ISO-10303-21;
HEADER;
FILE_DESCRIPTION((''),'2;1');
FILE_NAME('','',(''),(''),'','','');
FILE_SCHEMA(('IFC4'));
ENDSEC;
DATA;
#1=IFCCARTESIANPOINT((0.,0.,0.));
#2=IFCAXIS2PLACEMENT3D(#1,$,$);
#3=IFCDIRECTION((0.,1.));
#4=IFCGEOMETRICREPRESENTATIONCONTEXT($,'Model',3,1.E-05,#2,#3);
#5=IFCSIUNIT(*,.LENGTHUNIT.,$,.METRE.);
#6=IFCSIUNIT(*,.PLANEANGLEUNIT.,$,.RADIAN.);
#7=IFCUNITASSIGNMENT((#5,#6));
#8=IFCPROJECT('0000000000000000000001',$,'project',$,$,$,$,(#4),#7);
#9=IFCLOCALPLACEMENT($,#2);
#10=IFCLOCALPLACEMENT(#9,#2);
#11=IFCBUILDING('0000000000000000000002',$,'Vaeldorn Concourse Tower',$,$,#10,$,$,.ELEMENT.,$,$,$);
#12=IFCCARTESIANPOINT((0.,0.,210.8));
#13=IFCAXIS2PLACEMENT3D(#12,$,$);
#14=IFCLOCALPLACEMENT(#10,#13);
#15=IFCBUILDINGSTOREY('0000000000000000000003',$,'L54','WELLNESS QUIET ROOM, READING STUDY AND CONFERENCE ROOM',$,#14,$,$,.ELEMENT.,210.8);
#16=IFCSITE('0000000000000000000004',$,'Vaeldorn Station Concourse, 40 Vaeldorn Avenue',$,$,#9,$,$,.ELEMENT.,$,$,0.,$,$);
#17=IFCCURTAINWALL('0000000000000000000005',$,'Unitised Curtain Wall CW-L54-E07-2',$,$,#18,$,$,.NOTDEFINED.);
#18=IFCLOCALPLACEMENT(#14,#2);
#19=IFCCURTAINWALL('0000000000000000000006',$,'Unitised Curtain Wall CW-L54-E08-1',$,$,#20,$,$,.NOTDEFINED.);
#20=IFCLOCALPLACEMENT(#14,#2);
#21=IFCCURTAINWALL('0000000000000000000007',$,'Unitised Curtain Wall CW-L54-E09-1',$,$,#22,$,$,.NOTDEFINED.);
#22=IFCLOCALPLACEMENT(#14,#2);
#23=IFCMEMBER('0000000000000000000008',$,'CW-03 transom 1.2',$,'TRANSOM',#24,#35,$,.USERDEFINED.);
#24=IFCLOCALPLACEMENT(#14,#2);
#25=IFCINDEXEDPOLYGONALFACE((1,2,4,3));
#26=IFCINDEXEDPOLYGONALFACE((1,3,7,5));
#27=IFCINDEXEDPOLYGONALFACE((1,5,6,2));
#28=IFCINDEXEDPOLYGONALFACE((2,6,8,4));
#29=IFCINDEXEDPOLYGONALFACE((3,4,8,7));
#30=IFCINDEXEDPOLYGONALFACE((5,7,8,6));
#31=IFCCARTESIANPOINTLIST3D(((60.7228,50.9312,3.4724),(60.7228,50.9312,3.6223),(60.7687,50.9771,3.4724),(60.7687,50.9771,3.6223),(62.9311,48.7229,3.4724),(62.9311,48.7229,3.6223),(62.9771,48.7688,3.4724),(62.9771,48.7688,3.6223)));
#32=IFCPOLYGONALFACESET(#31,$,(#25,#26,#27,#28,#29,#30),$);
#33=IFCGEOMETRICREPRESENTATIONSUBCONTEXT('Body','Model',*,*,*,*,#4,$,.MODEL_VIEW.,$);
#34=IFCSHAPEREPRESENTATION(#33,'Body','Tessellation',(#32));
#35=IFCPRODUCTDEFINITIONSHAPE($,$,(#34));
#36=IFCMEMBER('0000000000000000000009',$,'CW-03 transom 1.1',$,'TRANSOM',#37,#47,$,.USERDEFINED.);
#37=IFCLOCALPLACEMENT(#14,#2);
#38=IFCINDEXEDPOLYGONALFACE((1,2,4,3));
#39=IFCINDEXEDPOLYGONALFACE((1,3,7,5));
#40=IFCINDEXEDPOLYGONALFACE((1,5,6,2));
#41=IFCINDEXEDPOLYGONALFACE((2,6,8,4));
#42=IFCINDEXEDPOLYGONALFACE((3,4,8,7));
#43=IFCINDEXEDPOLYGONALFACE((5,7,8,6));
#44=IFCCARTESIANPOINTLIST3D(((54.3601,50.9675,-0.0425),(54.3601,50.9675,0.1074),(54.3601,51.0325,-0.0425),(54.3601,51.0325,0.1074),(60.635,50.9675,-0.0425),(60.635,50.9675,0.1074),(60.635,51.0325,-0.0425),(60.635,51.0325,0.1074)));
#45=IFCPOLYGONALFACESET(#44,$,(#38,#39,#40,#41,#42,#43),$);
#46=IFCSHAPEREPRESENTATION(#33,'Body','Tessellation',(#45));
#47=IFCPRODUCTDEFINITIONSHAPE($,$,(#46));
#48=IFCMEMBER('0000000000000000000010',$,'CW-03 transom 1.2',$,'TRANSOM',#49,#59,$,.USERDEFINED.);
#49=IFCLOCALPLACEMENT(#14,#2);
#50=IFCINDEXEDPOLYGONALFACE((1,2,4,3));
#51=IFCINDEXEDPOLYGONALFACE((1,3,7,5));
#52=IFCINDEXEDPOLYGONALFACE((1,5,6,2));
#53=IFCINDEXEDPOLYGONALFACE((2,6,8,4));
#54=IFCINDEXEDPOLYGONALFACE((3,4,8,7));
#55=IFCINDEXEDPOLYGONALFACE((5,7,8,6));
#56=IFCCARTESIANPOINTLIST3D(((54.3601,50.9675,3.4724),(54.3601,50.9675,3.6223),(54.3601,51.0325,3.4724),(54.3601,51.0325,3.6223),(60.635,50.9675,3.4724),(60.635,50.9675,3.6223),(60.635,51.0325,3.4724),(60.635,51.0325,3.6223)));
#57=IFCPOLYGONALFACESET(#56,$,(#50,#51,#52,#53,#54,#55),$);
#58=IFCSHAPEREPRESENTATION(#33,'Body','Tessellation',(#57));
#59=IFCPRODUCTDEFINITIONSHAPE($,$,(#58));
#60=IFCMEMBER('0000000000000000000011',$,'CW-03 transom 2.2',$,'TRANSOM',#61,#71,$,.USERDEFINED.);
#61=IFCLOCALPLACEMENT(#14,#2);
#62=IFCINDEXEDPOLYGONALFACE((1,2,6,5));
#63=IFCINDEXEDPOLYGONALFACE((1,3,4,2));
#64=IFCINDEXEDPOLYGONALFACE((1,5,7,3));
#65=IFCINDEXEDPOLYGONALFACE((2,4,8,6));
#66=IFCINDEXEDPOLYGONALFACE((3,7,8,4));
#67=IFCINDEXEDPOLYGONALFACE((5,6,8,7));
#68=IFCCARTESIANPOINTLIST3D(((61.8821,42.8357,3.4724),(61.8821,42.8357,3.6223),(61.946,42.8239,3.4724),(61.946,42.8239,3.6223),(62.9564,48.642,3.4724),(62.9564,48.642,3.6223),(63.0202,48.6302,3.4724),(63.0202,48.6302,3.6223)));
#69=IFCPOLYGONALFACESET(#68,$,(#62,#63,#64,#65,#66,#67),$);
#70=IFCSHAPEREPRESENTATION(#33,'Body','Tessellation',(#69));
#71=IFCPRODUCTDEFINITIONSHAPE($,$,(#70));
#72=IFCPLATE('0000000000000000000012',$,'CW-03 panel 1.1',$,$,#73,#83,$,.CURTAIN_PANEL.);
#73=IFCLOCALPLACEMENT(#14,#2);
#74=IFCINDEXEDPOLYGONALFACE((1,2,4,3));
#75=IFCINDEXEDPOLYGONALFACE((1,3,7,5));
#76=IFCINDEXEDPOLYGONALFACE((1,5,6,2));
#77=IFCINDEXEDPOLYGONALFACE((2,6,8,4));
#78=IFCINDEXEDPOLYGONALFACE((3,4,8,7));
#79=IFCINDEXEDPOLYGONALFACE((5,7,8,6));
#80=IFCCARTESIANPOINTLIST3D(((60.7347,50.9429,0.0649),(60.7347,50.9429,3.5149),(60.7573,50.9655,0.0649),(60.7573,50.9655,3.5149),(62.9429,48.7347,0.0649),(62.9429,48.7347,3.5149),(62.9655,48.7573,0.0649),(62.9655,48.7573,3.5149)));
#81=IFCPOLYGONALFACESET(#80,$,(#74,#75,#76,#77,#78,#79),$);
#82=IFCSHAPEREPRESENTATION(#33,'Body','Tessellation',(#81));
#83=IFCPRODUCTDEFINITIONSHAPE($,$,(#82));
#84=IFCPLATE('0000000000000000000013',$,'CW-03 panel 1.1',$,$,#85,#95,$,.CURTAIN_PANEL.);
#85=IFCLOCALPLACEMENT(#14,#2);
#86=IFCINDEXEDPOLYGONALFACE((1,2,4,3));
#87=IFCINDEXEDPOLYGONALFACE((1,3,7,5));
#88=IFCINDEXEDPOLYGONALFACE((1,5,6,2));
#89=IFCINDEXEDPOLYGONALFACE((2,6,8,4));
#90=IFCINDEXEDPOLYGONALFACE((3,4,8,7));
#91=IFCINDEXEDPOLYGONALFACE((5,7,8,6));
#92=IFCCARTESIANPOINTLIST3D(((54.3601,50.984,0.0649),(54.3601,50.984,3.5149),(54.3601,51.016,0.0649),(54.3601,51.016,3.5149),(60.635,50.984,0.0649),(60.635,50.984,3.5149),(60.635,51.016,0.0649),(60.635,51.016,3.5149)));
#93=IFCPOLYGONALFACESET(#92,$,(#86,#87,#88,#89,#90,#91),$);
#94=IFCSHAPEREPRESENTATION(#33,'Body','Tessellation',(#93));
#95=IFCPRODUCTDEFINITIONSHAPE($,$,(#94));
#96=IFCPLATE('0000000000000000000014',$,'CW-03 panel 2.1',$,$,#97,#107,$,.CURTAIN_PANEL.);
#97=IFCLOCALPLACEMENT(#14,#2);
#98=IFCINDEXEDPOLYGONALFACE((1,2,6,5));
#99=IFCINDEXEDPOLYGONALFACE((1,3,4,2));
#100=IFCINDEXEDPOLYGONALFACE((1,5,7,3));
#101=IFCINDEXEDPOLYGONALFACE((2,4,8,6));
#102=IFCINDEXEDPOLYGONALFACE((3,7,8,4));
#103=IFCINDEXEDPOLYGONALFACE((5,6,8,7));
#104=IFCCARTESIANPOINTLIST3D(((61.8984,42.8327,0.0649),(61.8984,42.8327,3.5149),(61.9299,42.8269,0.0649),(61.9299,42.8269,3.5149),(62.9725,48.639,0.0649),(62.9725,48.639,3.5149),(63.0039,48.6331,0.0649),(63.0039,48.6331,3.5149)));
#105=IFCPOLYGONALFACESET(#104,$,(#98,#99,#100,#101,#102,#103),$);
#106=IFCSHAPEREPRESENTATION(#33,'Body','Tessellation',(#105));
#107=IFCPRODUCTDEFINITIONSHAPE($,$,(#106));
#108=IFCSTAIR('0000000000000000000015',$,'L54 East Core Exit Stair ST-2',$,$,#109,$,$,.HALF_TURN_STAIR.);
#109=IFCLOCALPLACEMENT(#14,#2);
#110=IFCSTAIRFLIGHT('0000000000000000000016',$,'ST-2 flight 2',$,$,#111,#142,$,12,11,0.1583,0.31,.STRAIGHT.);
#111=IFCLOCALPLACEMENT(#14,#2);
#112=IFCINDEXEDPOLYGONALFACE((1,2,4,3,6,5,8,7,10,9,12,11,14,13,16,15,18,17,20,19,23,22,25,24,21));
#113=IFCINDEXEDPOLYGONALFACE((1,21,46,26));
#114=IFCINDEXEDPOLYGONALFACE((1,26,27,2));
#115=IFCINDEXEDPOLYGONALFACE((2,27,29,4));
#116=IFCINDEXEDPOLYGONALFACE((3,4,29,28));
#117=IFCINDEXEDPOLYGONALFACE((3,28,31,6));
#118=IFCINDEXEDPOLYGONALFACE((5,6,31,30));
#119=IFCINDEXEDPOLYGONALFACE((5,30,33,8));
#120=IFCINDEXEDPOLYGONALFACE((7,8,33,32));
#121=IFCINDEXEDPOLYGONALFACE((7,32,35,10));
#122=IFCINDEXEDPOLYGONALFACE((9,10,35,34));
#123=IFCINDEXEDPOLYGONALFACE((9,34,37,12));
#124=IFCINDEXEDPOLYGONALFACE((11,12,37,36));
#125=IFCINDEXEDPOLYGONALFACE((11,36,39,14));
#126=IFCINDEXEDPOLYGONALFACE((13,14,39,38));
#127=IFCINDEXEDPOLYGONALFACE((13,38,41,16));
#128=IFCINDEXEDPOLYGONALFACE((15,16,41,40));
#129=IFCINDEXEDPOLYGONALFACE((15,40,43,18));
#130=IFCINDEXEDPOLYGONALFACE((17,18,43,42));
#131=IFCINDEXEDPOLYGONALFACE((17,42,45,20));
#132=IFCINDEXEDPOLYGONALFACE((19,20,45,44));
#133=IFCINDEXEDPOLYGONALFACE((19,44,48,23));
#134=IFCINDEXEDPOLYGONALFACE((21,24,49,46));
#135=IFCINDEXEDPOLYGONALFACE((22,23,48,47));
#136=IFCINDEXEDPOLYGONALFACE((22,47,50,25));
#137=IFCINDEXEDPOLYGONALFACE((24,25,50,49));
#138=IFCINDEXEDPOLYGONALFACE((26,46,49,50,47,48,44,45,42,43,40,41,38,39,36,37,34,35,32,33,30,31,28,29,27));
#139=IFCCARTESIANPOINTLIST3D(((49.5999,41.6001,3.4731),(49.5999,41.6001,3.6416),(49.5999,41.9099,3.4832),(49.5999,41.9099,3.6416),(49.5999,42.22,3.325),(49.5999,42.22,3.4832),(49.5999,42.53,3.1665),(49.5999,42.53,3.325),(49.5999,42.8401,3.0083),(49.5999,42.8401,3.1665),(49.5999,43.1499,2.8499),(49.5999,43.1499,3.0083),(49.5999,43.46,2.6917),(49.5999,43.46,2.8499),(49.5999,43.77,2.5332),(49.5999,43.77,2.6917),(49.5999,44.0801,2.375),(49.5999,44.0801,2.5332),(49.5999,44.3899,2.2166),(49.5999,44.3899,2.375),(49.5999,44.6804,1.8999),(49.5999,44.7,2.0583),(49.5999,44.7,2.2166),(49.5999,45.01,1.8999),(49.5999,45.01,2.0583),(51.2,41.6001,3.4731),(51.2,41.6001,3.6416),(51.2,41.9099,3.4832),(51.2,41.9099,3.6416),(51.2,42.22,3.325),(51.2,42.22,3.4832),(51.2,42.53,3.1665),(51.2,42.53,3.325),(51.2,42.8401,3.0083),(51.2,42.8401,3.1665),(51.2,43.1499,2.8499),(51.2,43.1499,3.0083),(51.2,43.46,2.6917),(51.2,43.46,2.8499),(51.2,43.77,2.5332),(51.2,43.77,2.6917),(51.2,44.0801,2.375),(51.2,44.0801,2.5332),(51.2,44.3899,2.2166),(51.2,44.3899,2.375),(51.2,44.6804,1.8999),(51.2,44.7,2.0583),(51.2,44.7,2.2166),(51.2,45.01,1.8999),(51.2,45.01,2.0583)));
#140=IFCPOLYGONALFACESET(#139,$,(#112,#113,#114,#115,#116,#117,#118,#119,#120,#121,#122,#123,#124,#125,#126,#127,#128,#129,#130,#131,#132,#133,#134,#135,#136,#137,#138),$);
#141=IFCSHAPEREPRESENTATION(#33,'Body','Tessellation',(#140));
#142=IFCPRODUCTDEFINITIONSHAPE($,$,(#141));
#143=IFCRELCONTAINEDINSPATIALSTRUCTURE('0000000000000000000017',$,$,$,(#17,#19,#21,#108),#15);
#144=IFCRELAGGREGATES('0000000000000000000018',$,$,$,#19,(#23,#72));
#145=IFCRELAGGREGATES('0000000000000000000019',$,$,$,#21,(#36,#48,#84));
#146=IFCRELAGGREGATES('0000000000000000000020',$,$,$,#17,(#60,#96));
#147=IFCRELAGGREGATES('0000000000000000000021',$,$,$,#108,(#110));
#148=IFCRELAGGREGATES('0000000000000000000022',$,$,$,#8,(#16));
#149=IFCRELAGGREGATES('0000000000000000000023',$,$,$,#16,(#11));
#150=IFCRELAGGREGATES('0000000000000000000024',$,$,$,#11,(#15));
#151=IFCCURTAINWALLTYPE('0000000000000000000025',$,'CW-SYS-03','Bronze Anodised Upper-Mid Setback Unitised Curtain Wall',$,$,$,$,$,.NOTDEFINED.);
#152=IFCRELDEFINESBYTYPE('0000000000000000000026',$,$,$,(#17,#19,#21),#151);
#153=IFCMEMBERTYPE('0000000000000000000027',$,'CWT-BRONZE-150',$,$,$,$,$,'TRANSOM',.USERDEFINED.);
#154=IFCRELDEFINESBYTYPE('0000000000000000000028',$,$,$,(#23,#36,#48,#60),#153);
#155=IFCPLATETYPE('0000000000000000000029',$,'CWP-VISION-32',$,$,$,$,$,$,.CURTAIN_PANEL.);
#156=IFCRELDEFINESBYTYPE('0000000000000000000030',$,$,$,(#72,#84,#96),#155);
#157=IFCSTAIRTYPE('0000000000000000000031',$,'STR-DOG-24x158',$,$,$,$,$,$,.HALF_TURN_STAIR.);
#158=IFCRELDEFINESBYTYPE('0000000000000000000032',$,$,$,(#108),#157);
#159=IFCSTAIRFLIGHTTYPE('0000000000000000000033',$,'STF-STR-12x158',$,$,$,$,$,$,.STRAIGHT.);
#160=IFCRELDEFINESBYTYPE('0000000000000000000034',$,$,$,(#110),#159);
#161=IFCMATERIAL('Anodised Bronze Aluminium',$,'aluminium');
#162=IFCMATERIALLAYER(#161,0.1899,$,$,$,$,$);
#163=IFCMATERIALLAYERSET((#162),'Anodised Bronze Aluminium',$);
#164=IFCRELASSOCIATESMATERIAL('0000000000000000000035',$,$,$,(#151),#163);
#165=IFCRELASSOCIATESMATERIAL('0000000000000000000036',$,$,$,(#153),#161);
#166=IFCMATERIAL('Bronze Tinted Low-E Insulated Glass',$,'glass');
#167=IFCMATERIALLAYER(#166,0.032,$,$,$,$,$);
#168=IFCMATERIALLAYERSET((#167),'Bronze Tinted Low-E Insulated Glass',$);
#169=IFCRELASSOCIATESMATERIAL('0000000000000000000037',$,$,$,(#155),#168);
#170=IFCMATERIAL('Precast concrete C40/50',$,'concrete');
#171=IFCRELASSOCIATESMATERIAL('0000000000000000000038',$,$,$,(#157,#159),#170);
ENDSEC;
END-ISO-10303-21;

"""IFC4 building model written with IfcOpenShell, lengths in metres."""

from ifc_helpers import new_model, si_unit, direction, frame, origin, origin_2d, place, context, subcontext, project, spatial, polyline, rectangle, outline, extrude, source, transform, mapped, material, layer, layer_set, material_profile, profile_set, type_object, element, aggregate, save


model = new_model("IFC4")

# Units and contexts
model_context = context("Model", 3, precision=1e-05, world=origin(), true_north=direction((0.0, 1.0)))
body_context = subcontext(model_context, "Body", "Model", "MODEL_VIEW")
ifc_project = project(units=[si_unit("LENGTHUNIT", "METRE"), si_unit("PLANEANGLEUNIT", "RADIAN")], contexts=[model_context])

# Site, building, storey
site_placement = place(None, origin())
site = spatial("IfcSite", under=ifc_project, at=site_placement, Name="Vaeldorn Station Concourse, 40 Vaeldorn Avenue", CompositionType="ELEMENT", RefElevation=0.0)
building_placement = place(site_placement, origin())
building = spatial("IfcBuilding", under=site, at=building_placement, Name="Vaeldorn Concourse Tower", CompositionType="ELEMENT")
storey_placement = place(building_placement, frame((0.0, 0.0, 210.8)))
storey = spatial("IfcBuildingStorey", under=building, at=storey_placement, Name="L54", Description="WELLNESS QUIET ROOM, READING STUDY AND CONFERENCE ROOM", CompositionType="ELEMENT", Elevation=210.8)

# Curtain wall
ifc_material_1 = material(Name="Anodised Bronze Aluminium", Category="aluminium")
ifc_layer_1 = layer(ifc_material_1, 0.1899)
ifc_layer_set_1 = layer_set([ifc_layer_1], Name="Anodised Bronze Aluminium")
curtain_wall_type = type_object("IfcCurtainWallType", Name="CW-SYS-03", Description="Bronze Anodised Upper-Mid Setback Unitised Curtain Wall", PredefinedType="NOTDEFINED", material=ifc_layer_set_1)
curtain_wall_1_placement = place(storey_placement, origin())
curtain_wall_1 = element("IfcCurtainWall", 1, at=curtain_wall_1_placement, inside=storey, type_object=curtain_wall_type, Name="Unitised Curtain Wall CW-L54-E07-2", PredefinedType="NOTDEFINED")

# Curtain walls
curtain_wall_2_placement = place(storey_placement, origin())
curtain_wall_2 = element("IfcCurtainWall", 2, at=curtain_wall_2_placement, inside=storey, type_object=curtain_wall_type, Name="Unitised Curtain Wall CW-L54-E08-1", PredefinedType="NOTDEFINED")
curtain_wall_3_placement = place(storey_placement, origin())
curtain_wall_3 = element("IfcCurtainWall", 3, at=curtain_wall_3_placement, inside=storey, type_object=curtain_wall_type, Name="Unitised Curtain Wall CW-L54-E09-1", PredefinedType="NOTDEFINED")

# Members
ifc_material_profile_1 = material_profile(ifc_material_1, rectangle(XDim=0.0649, YDim=0.1499, at=origin_2d()), Name="CWT 65x150")
ifc_profile_set_1 = profile_set([ifc_material_profile_1], Name="Anodised Bronze Aluminium")
member_type_1 = type_object("IfcMemberType", Name="CWT-BRONZE-150", ElementType="TRANSOM", PredefinedType="USERDEFINED", material=ifc_profile_set_1)
shared_shape_1 = source(origin(), body_context, "Body", "SweptSolid", [
    extrude(rectangle(XDim=0.0649, YDim=0.1499, at=origin_2d()), origin(), (0.0, 0.0, 1.0), 3.123),
])
member_1_placement = place(storey_placement, frame((62.9541, 48.7458, 3.5474), z_axis=(-0.707107, 0.707107, 0.0), x_axis=(-0.707107, -0.707107, 0.0)))
member_1 = element("IfcMember", 4, at=member_1_placement, type_object=member_type_1, Name="CW-03 transom 1.2", ObjectType="TRANSOM", PredefinedType="USERDEFINED", context=body_context, shape_type="MappedRepresentation", body=[
    mapped(shared_shape_1, transform((0.0, 0.0, 0.0), scale=1.0)),
])
shared_shape_2 = source(origin(), body_context, "Body", "SweptSolid", [
    extrude(rectangle(XDim=0.0649, YDim=0.1499, at=origin_2d()), origin(), (0.0, 0.0, 1.0), 6.2749),
])
member_2_placement = place(storey_placement, frame((60.635, 51.0, 0.0325), z_axis=(-1.0, 0.0, 0.0), x_axis=(0.0, -1.0, 0.0)))
member_2 = element("IfcMember", 5, at=member_2_placement, type_object=member_type_1, Name="CW-03 transom 1.1", ObjectType="TRANSOM", PredefinedType="USERDEFINED", context=body_context, shape_type="MappedRepresentation", body=[
    mapped(shared_shape_2, transform((0.0, 0.0, 0.0), scale=1.0)),
])
member_3_placement = place(storey_placement, frame((60.635, 51.0, 3.5474), z_axis=(-1.0, 0.0, 0.0), x_axis=(0.0, -1.0, 0.0)))
member_3 = element("IfcMember", 6, at=member_3_placement, type_object=member_type_1, Name="CW-03 transom 1.2", ObjectType="TRANSOM", PredefinedType="USERDEFINED", context=body_context, shape_type="MappedRepresentation", body=[
    mapped(shared_shape_2, transform((0.0, 0.0, 0.0), scale=1.0)),
])
shared_shape_3 = source(origin(), body_context, "Body", "SweptSolid", [
    extrude(rectangle(XDim=0.0649, YDim=0.1499, at=origin_2d()), origin(), (0.0, 0.0, 1.0), 5.9048),
])
member_4_placement = place(storey_placement, frame((61.9141, 42.8298, 3.5474), z_axis=(0.181926, 0.983312, 0.0), x_axis=(-0.983312, 0.181926, 0.0)))
member_4 = element("IfcMember", 7, at=member_4_placement, type_object=member_type_1, Name="CW-03 transom 2.2", ObjectType="TRANSOM", PredefinedType="USERDEFINED", context=body_context, shape_type="MappedRepresentation", body=[
    mapped(shared_shape_3, transform((0.0, 0.0, 0.0), scale=1.0)),
])

# Plates
ifc_material_2 = material(Name="Bronze Tinted Low-E Insulated Glass", Category="glass")
ifc_layer_2 = layer(ifc_material_2, 0.032)
ifc_layer_set_2 = layer_set([ifc_layer_2], Name="Bronze Tinted Low-E Insulated Glass")
plate_type = type_object("IfcPlateType", Name="CWP-VISION-32", PredefinedType="CURTAIN_PANEL", material=ifc_layer_set_2)
shared_shape_4 = source(origin(), body_context, "Body", "SweptSolid", [
    extrude(rectangle(XDim=3.1228, YDim=0.032, at=origin_2d()), origin(), (0.0, 0.0, 1.0), 3.45),
])
plate_1_placement = place(storey_placement, frame((61.8501, 49.8501, 0.0649), z_axis=(0.0, 0.0, 1.0), x_axis=(-0.707107, 0.707107, 0.0)))
plate_1 = element("IfcPlate", 8, at=plate_1_placement, type_object=plate_type, Name="CW-03 panel 1.1", PredefinedType="CURTAIN_PANEL", context=body_context, shape_type="MappedRepresentation", body=[
    mapped(shared_shape_4, transform((0.0, 0.0, 0.0), scale=1.0)),
])
aggregate(curtain_wall_2, [member_1, plate_1])
shared_shape_5 = source(origin(), body_context, "Body", "SweptSolid", [
    extrude(rectangle(XDim=6.2749, YDim=0.032, at=origin_2d()), origin(), (0.0, 0.0, 1.0), 3.45),
])
plate_2_placement = place(storey_placement, frame((57.4976, 51.0, 0.0649), z_axis=(0.0, 0.0, 1.0), x_axis=(-1.0, 0.0, 0.0)))
plate_2 = element("IfcPlate", 9, at=plate_2_placement, type_object=plate_type, Name="CW-03 panel 1.1", PredefinedType="CURTAIN_PANEL", context=body_context, shape_type="MappedRepresentation", body=[
    mapped(shared_shape_5, transform((0.0, 0.0, 0.0), scale=1.0)),
])
aggregate(curtain_wall_3, [member_2, member_3, plate_2])
shared_shape_6 = source(origin(), body_context, "Body", "SweptSolid", [
    extrude(rectangle(XDim=5.9048, YDim=0.032, at=origin_2d()), origin(), (0.0, 0.0, 1.0), 3.45),
])
plate_3_placement = place(storey_placement, frame((62.4512, 45.7329, 0.0649), z_axis=(0.0, 0.0, 1.0), x_axis=(0.181888, 0.983319, 0.0)))
plate_3 = element("IfcPlate", 10, at=plate_3_placement, type_object=plate_type, Name="CW-03 panel 2.1", PredefinedType="CURTAIN_PANEL", context=body_context, shape_type="MappedRepresentation", body=[
    mapped(shared_shape_6, transform((0.0, 0.0, 0.0), scale=1.0)),
])
aggregate(curtain_wall_1, [member_4, plate_3])

# Stair, stair flight
ifc_material_3 = material(Name="Precast concrete C40/50", Category="concrete")
stair_type = type_object("IfcStairType", Name="STR-DOG-24x158", PredefinedType="HALF_TURN_STAIR", material=ifc_material_3)
stair_placement = place(storey_placement, origin())
stair = element("IfcStair", 11, at=stair_placement, inside=storey, type_object=stair_type, Name="L54 East Core Exit Stair ST-2", PredefinedType="HALF_TURN_STAIR")
stair_flight_type = type_object("IfcStairFlightType", Name="STF-STR-12x158", PredefinedType="STRAIGHT", material=ifc_material_3)
stair_flight_placement = place(storey_placement, frame((50.3999, 45.01, 1.8999), z_axis=(0.0, 0.0, 1.0), x_axis=(0.0, -1.0, 0.0)))
stair_flight = element("IfcStairFlight", 12, at=stair_flight_placement, type_object=stair_flight_type, Name="ST-2 flight 2", NumberOfRisers=12, NumberOfTreads=11, PredefinedType="STRAIGHT", RiserHeight=0.1583, TreadLength=0.31, context=body_context, shape_type="SweptSolid", body=[
    extrude(outline(polyline([(0.0, 0.0), (0.0, 0.1584), (0.3101, 0.1584), (0.3101, 0.3167), (0.6201, 0.3167), (0.6201, 0.4751), (0.9299, 0.4751), (0.9299, 0.6333), (1.24, 0.6333), (1.24, 0.7917), (1.55, 0.7917), (1.55, 0.95), (1.8601, 0.95), (1.8601, 1.1084), (2.1699, 1.1084), (2.1699, 1.2666), (2.48, 1.2666), (2.48, 1.425), (2.79, 1.425), (2.79, 1.5833), (3.1001, 1.5833), (3.1001, 1.7417), (3.4099, 1.7417), (3.4099, 1.8999), (3.4099, 1.5732), (0.3296, 0.0), (0.0, 0.0)])), frame((0.0, 0.8, 0.0), z_axis=(0.0, -1.0, 0.0), x_axis=(1.0, 0.0, 0.0)), (0.0, 0.0, 1.0), 1.6001),
])
aggregate(stair, [stair_flight])

save(model, "model.ifc")
